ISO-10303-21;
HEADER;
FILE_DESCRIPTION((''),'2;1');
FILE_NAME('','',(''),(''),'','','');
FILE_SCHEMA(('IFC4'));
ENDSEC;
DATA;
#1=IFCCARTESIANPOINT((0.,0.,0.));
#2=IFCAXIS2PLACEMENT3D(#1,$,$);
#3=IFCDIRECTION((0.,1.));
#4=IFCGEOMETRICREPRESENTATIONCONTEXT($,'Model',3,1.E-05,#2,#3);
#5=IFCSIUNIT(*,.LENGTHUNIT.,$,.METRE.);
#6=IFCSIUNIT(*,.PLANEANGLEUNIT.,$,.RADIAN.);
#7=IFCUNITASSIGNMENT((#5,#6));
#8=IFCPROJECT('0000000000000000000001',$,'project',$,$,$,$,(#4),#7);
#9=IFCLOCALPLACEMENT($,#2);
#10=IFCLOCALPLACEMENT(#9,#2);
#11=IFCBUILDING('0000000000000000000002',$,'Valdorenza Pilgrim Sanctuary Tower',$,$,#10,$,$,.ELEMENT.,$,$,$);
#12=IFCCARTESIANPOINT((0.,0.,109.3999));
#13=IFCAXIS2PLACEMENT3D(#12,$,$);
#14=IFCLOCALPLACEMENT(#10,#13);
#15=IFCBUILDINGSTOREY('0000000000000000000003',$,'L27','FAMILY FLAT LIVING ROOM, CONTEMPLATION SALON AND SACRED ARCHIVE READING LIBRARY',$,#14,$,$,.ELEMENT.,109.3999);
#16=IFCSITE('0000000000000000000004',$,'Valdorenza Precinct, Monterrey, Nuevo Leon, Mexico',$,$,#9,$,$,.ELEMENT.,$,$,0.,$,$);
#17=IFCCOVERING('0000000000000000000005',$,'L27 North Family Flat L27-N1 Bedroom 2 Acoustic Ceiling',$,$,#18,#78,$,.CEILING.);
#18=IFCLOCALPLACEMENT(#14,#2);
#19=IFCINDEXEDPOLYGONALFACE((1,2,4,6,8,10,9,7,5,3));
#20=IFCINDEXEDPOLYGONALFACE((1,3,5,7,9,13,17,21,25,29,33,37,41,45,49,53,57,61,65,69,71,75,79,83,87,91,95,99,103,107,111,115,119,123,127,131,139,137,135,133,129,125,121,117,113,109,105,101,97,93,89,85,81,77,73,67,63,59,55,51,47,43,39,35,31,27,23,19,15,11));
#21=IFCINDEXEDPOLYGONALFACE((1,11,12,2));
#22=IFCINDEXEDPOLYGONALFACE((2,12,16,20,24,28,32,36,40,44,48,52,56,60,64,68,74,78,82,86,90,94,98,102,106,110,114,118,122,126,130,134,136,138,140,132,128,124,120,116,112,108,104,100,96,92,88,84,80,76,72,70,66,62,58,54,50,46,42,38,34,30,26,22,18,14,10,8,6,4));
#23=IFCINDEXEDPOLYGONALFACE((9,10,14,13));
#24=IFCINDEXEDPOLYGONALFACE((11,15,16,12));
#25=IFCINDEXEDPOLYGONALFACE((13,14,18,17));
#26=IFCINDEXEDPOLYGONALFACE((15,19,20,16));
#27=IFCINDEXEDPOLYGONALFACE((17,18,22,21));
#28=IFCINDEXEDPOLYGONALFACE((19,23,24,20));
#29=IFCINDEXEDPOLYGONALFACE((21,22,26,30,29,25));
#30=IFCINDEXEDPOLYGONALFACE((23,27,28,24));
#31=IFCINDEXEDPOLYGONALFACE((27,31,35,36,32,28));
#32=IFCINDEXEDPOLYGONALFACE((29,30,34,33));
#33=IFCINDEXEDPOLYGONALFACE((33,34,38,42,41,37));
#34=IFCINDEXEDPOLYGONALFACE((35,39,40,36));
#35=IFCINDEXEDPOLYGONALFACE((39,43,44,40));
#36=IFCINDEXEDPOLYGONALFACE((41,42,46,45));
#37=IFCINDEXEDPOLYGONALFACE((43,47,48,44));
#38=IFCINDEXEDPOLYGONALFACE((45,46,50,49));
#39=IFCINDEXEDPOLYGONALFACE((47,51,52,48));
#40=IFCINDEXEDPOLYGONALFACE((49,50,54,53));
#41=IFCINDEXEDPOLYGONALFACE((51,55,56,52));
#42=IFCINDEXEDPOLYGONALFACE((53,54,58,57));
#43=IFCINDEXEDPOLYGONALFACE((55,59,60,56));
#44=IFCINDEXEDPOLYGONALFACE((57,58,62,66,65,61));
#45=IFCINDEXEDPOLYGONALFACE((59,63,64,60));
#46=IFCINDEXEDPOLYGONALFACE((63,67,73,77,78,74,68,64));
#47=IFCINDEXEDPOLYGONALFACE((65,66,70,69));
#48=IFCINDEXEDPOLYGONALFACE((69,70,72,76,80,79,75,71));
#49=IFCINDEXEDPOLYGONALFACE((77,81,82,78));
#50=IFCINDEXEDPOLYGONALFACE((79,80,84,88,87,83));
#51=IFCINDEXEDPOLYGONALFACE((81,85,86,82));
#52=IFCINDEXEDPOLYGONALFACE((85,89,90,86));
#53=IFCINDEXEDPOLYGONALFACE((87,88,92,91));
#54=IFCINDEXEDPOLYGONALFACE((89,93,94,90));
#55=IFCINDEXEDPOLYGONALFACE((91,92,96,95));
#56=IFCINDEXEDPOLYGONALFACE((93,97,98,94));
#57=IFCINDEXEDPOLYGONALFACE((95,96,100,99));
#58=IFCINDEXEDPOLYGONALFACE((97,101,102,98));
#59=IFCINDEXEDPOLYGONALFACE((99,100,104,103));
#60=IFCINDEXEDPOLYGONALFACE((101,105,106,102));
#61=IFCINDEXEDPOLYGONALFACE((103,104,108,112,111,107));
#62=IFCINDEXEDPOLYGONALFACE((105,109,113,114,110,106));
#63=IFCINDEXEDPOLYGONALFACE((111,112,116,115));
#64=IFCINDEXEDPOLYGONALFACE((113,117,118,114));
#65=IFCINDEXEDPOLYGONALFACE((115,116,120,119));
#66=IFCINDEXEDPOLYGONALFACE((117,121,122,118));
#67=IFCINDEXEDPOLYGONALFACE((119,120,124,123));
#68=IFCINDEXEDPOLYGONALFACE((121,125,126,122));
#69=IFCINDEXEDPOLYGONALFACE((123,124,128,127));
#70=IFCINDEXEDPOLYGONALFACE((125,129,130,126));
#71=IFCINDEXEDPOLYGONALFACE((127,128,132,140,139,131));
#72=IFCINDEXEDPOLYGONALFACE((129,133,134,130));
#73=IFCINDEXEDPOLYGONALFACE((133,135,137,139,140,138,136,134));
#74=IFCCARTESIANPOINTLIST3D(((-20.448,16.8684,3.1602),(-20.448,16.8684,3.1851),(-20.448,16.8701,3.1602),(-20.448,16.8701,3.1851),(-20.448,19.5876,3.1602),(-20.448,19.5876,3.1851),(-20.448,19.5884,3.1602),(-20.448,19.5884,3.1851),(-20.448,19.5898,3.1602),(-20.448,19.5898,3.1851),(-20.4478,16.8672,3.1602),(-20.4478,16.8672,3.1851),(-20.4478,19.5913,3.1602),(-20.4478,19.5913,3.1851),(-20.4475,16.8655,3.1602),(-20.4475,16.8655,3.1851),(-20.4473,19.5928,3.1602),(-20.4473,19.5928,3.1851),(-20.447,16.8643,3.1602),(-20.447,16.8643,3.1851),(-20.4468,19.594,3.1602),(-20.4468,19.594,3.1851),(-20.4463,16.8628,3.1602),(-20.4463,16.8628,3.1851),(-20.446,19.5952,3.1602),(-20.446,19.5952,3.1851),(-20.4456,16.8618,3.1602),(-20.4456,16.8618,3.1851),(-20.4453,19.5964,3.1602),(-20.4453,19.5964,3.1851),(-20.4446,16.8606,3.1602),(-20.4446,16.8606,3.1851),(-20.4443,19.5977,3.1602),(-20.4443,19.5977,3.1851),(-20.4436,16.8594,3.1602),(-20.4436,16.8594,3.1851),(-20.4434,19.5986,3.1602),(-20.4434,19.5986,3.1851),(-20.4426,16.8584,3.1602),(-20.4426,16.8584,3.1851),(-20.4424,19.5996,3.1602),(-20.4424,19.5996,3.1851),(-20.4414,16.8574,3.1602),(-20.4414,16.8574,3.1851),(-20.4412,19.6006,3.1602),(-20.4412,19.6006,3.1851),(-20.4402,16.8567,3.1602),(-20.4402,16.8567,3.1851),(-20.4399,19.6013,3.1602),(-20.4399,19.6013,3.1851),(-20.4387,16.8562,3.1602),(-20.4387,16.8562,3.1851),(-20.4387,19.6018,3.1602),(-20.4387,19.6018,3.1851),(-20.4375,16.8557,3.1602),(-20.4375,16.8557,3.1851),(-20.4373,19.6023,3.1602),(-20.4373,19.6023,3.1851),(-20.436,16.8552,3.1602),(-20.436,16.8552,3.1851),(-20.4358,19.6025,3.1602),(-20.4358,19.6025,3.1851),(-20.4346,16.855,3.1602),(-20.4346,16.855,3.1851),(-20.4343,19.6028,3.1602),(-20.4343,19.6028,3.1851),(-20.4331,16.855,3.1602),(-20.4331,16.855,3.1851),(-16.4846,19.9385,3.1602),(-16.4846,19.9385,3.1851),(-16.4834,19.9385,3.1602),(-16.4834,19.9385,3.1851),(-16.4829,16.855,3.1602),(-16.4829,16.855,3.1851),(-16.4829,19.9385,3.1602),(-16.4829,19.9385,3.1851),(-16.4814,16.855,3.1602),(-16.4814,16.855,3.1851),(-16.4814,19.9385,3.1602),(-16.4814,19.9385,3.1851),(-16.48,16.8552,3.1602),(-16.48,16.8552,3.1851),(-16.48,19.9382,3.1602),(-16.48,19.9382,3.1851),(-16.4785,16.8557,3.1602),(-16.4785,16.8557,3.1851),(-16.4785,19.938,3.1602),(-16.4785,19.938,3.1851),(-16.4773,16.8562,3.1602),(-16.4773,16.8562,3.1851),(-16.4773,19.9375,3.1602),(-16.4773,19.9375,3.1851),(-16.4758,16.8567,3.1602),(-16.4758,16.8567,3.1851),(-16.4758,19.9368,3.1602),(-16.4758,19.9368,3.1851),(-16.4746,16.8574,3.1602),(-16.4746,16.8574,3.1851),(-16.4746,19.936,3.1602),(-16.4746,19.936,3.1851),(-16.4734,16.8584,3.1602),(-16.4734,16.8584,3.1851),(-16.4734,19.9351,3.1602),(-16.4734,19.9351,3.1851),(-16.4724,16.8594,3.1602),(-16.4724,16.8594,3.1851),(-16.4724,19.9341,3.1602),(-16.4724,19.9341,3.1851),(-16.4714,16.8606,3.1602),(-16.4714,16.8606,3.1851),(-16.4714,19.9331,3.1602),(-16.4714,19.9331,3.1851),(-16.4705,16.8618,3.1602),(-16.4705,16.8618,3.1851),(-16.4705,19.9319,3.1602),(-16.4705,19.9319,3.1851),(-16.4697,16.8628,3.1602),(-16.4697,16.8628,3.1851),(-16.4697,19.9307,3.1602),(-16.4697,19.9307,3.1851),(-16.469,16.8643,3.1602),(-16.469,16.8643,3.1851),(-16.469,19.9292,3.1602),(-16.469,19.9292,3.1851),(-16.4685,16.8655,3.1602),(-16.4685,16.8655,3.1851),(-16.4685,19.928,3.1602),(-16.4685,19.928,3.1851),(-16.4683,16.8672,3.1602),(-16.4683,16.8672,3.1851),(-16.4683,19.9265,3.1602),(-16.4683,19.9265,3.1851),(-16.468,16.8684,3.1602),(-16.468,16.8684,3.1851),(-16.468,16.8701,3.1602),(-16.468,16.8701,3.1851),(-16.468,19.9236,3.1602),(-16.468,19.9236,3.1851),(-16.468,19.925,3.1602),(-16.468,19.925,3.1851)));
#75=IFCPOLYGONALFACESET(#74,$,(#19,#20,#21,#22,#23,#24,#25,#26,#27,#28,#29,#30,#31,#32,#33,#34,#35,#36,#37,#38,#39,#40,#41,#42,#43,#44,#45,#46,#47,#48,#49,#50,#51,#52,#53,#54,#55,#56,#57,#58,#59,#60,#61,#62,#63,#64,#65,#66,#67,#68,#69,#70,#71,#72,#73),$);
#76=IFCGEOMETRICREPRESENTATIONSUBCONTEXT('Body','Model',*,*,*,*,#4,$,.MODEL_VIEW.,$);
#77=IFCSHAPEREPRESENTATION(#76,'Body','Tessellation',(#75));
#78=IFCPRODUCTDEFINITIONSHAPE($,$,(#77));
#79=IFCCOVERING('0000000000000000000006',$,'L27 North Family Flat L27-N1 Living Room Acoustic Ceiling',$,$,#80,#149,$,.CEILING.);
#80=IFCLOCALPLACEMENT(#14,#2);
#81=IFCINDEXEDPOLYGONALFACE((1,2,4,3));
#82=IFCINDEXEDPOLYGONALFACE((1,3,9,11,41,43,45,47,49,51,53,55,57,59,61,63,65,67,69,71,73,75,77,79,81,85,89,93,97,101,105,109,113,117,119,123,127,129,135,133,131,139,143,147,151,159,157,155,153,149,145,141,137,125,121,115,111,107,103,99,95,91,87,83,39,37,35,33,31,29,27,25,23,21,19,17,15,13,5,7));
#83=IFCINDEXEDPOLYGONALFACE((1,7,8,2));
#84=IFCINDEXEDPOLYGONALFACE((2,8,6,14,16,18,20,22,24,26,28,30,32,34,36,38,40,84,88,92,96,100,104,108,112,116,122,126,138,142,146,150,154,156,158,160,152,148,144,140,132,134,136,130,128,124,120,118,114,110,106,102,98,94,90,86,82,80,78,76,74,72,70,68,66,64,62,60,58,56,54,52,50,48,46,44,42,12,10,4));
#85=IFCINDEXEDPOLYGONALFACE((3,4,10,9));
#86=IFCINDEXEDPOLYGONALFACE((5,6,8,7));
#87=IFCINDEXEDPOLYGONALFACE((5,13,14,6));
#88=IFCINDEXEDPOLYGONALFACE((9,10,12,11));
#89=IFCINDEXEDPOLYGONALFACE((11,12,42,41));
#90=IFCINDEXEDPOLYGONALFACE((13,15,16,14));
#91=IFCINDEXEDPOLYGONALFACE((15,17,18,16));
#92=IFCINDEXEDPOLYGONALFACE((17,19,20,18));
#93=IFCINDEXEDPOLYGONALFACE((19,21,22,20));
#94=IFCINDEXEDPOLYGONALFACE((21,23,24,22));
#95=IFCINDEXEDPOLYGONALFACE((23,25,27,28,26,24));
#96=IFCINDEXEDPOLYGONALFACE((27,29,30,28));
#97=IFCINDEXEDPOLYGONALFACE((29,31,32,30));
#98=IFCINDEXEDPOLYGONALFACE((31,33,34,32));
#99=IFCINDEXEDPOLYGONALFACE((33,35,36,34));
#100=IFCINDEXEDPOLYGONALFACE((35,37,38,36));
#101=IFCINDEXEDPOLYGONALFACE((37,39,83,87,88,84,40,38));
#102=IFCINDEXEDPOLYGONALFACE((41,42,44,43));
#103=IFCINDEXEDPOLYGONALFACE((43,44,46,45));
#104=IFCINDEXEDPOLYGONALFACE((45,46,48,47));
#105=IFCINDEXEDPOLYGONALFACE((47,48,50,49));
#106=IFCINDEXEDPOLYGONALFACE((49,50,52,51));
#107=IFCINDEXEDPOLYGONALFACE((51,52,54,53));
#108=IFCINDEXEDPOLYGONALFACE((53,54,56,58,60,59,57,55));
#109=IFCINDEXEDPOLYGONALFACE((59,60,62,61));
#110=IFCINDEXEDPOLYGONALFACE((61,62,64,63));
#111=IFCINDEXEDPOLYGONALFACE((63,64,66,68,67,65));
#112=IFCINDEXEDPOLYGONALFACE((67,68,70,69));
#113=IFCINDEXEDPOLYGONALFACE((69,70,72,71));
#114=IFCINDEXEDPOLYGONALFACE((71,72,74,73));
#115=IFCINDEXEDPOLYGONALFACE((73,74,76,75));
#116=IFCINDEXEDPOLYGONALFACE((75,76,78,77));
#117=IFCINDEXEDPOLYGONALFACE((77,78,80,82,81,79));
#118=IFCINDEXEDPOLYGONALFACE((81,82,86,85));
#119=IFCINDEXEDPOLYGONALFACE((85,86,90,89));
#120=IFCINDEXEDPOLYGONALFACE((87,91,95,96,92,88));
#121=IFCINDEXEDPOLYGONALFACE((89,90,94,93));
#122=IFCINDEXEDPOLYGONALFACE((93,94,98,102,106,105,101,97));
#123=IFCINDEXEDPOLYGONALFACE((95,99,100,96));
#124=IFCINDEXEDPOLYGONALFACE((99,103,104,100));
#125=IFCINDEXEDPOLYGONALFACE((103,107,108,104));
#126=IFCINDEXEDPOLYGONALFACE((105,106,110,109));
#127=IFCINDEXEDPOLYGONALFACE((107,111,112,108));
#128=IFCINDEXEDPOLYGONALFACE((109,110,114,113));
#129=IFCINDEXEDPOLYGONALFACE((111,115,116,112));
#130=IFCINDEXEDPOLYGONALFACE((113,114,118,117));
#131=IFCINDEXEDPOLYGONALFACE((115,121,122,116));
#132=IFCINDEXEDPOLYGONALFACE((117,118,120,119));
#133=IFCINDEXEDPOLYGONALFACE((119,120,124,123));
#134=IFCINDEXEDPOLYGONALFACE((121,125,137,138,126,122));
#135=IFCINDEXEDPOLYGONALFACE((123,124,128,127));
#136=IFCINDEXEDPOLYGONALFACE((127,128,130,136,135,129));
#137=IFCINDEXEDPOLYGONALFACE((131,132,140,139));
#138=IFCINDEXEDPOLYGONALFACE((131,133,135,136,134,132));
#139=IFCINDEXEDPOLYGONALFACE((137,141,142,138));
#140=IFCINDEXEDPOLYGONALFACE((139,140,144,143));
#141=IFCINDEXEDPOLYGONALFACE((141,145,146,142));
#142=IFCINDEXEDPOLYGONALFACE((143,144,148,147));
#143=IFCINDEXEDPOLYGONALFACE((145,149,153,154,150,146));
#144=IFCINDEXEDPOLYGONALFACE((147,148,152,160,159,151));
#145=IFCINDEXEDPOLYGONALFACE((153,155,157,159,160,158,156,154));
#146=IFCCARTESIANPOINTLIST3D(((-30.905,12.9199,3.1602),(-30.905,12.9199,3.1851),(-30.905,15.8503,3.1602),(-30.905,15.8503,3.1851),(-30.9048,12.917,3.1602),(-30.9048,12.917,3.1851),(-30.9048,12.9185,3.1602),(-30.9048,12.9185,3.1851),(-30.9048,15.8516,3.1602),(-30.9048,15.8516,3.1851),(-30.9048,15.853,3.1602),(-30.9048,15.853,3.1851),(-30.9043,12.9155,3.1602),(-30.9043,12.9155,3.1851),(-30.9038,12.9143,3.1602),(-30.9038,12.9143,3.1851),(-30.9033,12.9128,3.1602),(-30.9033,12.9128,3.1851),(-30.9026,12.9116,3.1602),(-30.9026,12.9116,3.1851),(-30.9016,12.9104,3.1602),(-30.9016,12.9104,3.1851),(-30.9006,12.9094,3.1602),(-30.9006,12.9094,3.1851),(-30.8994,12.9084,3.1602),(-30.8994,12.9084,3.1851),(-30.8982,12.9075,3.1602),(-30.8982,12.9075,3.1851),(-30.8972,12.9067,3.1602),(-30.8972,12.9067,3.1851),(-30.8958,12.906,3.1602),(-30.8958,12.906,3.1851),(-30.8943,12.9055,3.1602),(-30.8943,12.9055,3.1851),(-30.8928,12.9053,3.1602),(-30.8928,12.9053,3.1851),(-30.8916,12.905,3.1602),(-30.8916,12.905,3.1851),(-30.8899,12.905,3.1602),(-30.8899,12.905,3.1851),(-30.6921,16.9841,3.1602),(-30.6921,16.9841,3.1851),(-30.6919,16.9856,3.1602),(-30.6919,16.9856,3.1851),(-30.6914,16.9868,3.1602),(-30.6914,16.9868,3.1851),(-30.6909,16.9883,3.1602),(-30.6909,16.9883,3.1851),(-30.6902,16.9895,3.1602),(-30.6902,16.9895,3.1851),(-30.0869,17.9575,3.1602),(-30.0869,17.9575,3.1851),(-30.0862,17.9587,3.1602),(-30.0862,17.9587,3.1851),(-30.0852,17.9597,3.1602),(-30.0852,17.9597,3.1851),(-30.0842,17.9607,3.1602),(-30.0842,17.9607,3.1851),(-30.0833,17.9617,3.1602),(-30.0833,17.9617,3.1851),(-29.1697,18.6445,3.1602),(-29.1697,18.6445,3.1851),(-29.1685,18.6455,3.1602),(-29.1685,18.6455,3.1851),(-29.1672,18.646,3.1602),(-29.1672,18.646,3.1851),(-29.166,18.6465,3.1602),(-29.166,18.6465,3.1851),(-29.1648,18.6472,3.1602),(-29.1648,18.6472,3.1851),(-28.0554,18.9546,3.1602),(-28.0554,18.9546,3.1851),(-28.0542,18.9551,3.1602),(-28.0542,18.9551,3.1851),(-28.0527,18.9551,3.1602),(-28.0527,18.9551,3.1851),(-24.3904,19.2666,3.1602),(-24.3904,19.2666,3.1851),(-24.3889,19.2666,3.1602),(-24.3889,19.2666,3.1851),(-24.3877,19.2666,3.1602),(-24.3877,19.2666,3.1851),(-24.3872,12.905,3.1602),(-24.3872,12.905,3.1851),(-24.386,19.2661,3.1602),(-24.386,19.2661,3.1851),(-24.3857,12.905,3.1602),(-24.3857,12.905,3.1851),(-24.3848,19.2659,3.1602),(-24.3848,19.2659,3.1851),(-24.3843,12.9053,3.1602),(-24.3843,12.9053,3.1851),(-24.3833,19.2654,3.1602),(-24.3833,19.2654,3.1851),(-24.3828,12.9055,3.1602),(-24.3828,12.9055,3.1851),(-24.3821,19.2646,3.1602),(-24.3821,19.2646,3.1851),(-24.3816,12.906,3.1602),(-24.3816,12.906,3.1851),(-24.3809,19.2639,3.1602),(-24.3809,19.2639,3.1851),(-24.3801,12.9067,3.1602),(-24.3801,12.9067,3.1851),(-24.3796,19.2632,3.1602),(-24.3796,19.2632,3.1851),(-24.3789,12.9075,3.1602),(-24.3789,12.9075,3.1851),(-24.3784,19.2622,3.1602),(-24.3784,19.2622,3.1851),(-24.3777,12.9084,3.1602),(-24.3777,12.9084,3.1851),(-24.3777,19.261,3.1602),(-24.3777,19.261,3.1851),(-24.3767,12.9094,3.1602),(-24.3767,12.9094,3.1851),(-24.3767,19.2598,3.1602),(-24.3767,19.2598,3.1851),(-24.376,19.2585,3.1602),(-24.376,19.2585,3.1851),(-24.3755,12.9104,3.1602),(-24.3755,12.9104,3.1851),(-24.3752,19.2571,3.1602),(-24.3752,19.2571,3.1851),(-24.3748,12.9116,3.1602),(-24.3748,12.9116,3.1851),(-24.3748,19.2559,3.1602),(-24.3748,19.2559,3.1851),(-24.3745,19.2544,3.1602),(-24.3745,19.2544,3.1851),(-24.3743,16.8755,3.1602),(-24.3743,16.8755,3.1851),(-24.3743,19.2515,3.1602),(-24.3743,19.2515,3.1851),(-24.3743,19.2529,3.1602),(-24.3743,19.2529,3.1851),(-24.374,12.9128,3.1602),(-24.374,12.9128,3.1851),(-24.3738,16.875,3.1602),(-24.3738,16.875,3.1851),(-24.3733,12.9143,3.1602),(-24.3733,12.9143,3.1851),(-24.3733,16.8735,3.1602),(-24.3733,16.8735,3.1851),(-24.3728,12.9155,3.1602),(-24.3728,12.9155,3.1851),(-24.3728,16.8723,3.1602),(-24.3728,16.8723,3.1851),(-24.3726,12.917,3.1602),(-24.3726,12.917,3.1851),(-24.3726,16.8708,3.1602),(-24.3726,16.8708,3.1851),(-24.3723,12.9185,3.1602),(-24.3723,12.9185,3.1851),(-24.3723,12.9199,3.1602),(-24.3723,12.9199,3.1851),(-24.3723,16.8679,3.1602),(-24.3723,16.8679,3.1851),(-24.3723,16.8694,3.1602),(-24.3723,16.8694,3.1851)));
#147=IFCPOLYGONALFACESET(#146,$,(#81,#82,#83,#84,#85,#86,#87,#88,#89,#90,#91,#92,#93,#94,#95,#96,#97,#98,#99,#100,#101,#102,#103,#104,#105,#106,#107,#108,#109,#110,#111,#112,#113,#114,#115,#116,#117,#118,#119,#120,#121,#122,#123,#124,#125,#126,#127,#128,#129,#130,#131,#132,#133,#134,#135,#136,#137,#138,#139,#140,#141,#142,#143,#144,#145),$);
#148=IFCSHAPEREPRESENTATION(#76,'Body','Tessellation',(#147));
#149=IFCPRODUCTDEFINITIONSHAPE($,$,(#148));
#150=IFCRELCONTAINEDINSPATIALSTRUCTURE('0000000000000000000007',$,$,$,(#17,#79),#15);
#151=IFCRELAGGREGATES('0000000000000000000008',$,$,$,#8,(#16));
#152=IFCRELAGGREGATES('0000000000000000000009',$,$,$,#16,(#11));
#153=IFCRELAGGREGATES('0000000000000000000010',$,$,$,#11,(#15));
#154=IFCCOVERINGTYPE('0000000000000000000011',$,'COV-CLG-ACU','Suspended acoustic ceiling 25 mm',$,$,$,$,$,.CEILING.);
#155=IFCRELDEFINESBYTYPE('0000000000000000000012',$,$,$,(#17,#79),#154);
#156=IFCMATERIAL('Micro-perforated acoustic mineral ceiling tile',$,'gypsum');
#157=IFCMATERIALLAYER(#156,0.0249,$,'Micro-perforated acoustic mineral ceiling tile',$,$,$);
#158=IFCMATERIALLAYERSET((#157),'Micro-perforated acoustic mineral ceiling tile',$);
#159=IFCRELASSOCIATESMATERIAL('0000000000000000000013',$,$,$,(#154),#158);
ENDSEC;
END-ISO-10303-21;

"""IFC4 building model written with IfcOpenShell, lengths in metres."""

from ifc_helpers import new_model, si_unit, direction, frame, origin, place, context, subcontext, project, spatial, polyline, outline, extrude, material, layer, layer_set, type_object, element, save


model = new_model("IFC4")

# Units and contexts
model_context = context("Model", 3, precision=1e-05, world=origin(), true_north=direction((0.0, 1.0)))
body_context = subcontext(model_context, "Body", "Model", "MODEL_VIEW")
ifc_project = project(units=[si_unit("LENGTHUNIT", "METRE"), si_unit("PLANEANGLEUNIT", "RADIAN")], contexts=[model_context])

# Site, building, storey
site_placement = place(None, origin())
site = spatial("IfcSite", under=ifc_project, at=site_placement, Name="Valdorenza Precinct, Monterrey, Nuevo Leon, Mexico", CompositionType="ELEMENT", RefElevation=0.0)
building_placement = place(site_placement, origin())
building = spatial("IfcBuilding", under=site, at=building_placement, Name="Valdorenza Pilgrim Sanctuary Tower", CompositionType="ELEMENT")
storey_placement = place(building_placement, frame((0.0, 0.0, 109.3999)))
storey = spatial("IfcBuildingStorey", under=building, at=storey_placement, Name="L27", Description="FAMILY FLAT LIVING ROOM, CONTEMPLATION SALON AND SACRED ARCHIVE READING LIBRARY", CompositionType="ELEMENT", Elevation=109.3999)

# Coverings
ifc_material_1 = material(Name="Micro-perforated acoustic mineral ceiling tile", Category="gypsum")
ifc_layer_1 = layer(ifc_material_1, 0.0249, Name="Micro-perforated acoustic mineral ceiling tile")
ifc_layer_set_1 = layer_set([ifc_layer_1], Name="Micro-perforated acoustic mineral ceiling tile")
covering_type_1 = type_object("IfcCoveringType", Name="COV-CLG-ACU", Description="Suspended acoustic ceiling 25 mm", PredefinedType="CEILING", material=ifc_layer_set_1)
covering_1_placement = place(storey_placement, frame((0.0, 0.0, 3.1602)))
element("IfcCovering", 1, at=covering_1_placement, inside=storey, type_object=covering_type_1, Name="L27 North Family Flat L27-N1 Bedroom 2 Acoustic Ceiling", PredefinedType="CEILING", context=body_context, shape_type="SweptSolid", body=[
    extrude(outline(polyline([(-20.448, 19.5876), (-20.448, 19.5884), (-20.448, 19.5898), (-20.4478, 19.5913), (-20.4473, 19.5928), (-20.4468, 19.594), (-20.446, 19.5952), (-20.4453, 19.5964), (-20.4443, 19.5977), (-20.4434, 19.5986), (-20.4424, 19.5996), (-20.4412, 19.6006), (-20.4399, 19.6013), (-20.4387, 19.6018), (-20.4373, 19.6023), (-20.4358, 19.6025), (-20.4343, 19.6028), (-16.4846, 19.9385), (-16.4834, 19.9385), (-16.4829, 19.9385), (-16.4814, 19.9385), (-16.48, 19.9382), (-16.4785, 19.938), (-16.4773, 19.9375), (-16.4758, 19.9368), (-16.4746, 19.936), (-16.4734, 19.9351), (-16.4724, 19.9341), (-16.4714, 19.9331), (-16.4705, 19.9319), (-16.4697, 19.9307), (-16.469, 19.9292), (-16.4685, 19.928), (-16.4683, 19.9265), (-16.468, 19.925), (-16.468, 19.9236), (-16.468, 16.8701), (-16.468, 16.8684), (-16.4683, 16.8672), (-16.4685, 16.8655), (-16.469, 16.8643), (-16.4697, 16.8628), (-16.4705, 16.8618), (-16.4714, 16.8606), (-16.4724, 16.8594), (-16.4734, 16.8584), (-16.4746, 16.8574), (-16.4758, 16.8567), (-16.4773, 16.8562), (-16.4785, 16.8557), (-16.48, 16.8552), (-16.4814, 16.855), (-16.4829, 16.855), (-20.4331, 16.855), (-20.4346, 16.855), (-20.436, 16.8552), (-20.4375, 16.8557), (-20.4387, 16.8562), (-20.4402, 16.8567), (-20.4414, 16.8574), (-20.4426, 16.8584), (-20.4436, 16.8594), (-20.4446, 16.8606), (-20.4456, 16.8618), (-20.4463, 16.8628), (-20.447, 16.8643), (-20.4475, 16.8655), (-20.4478, 16.8672), (-20.448, 16.8684), (-20.448, 16.8701), (-20.448, 19.5876), (-20.448, 19.5876)])), origin(), (0.0, 0.0, 1.0), 0.0249),
])
covering_2_placement = place(storey_placement, frame((0.0, 0.0, 3.1602)))
element("IfcCovering", 2, at=covering_2_placement, inside=storey, type_object=covering_type_1, Name="L27 North Family Flat L27-N1 Living Room Acoustic Ceiling", PredefinedType="CEILING", context=body_context, shape_type="SweptSolid", body=[
    extrude(outline(polyline([(-30.8899, 12.905), (-30.8916, 12.905), (-30.8928, 12.9053), (-30.8943, 12.9055), (-30.8958, 12.906), (-30.8972, 12.9067), (-30.8982, 12.9075), (-30.8994, 12.9084), (-30.9006, 12.9094), (-30.9016, 12.9104), (-30.9026, 12.9116), (-30.9033, 12.9128), (-30.9038, 12.9143), (-30.9043, 12.9155), (-30.9048, 12.917), (-30.9048, 12.9185), (-30.905, 12.9199), (-30.905, 15.8503), (-30.9048, 15.8516), (-30.9048, 15.853), (-30.6921, 16.9841), (-30.6919, 16.9856), (-30.6914, 16.9868), (-30.6909, 16.9883), (-30.6902, 16.9895), (-30.0869, 17.9575), (-30.0862, 17.9587), (-30.0852, 17.9597), (-30.0842, 17.9607), (-30.0833, 17.9617), (-29.1697, 18.6445), (-29.1685, 18.6455), (-29.1672, 18.646), (-29.166, 18.6465), (-29.1648, 18.6472), (-28.0554, 18.9546), (-28.0542, 18.9551), (-28.0527, 18.9551), (-24.3904, 19.2666), (-24.3889, 19.2666), (-24.3877, 19.2666), (-24.386, 19.2661), (-24.3848, 19.2659), (-24.3833, 19.2654), (-24.3821, 19.2646), (-24.3809, 19.2639), (-24.3796, 19.2632), (-24.3784, 19.2622), (-24.3777, 19.261), (-24.3767, 19.2598), (-24.376, 19.2585), (-24.3752, 19.2571), (-24.3748, 19.2559), (-24.3745, 19.2544), (-24.3743, 19.2529), (-24.3743, 19.2515), (-24.3743, 16.8755), (-24.3738, 16.875), (-24.3733, 16.8735), (-24.3728, 16.8723), (-24.3726, 16.8708), (-24.3723, 16.8694), (-24.3723, 16.8679), (-24.3723, 12.9199), (-24.3723, 12.9185), (-24.3726, 12.917), (-24.3728, 12.9155), (-24.3733, 12.9143), (-24.374, 12.9128), (-24.3748, 12.9116), (-24.3755, 12.9104), (-24.3767, 12.9094), (-24.3777, 12.9084), (-24.3789, 12.9075), (-24.3801, 12.9067), (-24.3816, 12.906), (-24.3828, 12.9055), (-24.3843, 12.9053), (-24.3857, 12.905), (-24.3872, 12.905), (-30.8899, 12.905)])), origin(), (0.0, 0.0, 1.0), 0.0249),
])

save(model, "model.ifc")
